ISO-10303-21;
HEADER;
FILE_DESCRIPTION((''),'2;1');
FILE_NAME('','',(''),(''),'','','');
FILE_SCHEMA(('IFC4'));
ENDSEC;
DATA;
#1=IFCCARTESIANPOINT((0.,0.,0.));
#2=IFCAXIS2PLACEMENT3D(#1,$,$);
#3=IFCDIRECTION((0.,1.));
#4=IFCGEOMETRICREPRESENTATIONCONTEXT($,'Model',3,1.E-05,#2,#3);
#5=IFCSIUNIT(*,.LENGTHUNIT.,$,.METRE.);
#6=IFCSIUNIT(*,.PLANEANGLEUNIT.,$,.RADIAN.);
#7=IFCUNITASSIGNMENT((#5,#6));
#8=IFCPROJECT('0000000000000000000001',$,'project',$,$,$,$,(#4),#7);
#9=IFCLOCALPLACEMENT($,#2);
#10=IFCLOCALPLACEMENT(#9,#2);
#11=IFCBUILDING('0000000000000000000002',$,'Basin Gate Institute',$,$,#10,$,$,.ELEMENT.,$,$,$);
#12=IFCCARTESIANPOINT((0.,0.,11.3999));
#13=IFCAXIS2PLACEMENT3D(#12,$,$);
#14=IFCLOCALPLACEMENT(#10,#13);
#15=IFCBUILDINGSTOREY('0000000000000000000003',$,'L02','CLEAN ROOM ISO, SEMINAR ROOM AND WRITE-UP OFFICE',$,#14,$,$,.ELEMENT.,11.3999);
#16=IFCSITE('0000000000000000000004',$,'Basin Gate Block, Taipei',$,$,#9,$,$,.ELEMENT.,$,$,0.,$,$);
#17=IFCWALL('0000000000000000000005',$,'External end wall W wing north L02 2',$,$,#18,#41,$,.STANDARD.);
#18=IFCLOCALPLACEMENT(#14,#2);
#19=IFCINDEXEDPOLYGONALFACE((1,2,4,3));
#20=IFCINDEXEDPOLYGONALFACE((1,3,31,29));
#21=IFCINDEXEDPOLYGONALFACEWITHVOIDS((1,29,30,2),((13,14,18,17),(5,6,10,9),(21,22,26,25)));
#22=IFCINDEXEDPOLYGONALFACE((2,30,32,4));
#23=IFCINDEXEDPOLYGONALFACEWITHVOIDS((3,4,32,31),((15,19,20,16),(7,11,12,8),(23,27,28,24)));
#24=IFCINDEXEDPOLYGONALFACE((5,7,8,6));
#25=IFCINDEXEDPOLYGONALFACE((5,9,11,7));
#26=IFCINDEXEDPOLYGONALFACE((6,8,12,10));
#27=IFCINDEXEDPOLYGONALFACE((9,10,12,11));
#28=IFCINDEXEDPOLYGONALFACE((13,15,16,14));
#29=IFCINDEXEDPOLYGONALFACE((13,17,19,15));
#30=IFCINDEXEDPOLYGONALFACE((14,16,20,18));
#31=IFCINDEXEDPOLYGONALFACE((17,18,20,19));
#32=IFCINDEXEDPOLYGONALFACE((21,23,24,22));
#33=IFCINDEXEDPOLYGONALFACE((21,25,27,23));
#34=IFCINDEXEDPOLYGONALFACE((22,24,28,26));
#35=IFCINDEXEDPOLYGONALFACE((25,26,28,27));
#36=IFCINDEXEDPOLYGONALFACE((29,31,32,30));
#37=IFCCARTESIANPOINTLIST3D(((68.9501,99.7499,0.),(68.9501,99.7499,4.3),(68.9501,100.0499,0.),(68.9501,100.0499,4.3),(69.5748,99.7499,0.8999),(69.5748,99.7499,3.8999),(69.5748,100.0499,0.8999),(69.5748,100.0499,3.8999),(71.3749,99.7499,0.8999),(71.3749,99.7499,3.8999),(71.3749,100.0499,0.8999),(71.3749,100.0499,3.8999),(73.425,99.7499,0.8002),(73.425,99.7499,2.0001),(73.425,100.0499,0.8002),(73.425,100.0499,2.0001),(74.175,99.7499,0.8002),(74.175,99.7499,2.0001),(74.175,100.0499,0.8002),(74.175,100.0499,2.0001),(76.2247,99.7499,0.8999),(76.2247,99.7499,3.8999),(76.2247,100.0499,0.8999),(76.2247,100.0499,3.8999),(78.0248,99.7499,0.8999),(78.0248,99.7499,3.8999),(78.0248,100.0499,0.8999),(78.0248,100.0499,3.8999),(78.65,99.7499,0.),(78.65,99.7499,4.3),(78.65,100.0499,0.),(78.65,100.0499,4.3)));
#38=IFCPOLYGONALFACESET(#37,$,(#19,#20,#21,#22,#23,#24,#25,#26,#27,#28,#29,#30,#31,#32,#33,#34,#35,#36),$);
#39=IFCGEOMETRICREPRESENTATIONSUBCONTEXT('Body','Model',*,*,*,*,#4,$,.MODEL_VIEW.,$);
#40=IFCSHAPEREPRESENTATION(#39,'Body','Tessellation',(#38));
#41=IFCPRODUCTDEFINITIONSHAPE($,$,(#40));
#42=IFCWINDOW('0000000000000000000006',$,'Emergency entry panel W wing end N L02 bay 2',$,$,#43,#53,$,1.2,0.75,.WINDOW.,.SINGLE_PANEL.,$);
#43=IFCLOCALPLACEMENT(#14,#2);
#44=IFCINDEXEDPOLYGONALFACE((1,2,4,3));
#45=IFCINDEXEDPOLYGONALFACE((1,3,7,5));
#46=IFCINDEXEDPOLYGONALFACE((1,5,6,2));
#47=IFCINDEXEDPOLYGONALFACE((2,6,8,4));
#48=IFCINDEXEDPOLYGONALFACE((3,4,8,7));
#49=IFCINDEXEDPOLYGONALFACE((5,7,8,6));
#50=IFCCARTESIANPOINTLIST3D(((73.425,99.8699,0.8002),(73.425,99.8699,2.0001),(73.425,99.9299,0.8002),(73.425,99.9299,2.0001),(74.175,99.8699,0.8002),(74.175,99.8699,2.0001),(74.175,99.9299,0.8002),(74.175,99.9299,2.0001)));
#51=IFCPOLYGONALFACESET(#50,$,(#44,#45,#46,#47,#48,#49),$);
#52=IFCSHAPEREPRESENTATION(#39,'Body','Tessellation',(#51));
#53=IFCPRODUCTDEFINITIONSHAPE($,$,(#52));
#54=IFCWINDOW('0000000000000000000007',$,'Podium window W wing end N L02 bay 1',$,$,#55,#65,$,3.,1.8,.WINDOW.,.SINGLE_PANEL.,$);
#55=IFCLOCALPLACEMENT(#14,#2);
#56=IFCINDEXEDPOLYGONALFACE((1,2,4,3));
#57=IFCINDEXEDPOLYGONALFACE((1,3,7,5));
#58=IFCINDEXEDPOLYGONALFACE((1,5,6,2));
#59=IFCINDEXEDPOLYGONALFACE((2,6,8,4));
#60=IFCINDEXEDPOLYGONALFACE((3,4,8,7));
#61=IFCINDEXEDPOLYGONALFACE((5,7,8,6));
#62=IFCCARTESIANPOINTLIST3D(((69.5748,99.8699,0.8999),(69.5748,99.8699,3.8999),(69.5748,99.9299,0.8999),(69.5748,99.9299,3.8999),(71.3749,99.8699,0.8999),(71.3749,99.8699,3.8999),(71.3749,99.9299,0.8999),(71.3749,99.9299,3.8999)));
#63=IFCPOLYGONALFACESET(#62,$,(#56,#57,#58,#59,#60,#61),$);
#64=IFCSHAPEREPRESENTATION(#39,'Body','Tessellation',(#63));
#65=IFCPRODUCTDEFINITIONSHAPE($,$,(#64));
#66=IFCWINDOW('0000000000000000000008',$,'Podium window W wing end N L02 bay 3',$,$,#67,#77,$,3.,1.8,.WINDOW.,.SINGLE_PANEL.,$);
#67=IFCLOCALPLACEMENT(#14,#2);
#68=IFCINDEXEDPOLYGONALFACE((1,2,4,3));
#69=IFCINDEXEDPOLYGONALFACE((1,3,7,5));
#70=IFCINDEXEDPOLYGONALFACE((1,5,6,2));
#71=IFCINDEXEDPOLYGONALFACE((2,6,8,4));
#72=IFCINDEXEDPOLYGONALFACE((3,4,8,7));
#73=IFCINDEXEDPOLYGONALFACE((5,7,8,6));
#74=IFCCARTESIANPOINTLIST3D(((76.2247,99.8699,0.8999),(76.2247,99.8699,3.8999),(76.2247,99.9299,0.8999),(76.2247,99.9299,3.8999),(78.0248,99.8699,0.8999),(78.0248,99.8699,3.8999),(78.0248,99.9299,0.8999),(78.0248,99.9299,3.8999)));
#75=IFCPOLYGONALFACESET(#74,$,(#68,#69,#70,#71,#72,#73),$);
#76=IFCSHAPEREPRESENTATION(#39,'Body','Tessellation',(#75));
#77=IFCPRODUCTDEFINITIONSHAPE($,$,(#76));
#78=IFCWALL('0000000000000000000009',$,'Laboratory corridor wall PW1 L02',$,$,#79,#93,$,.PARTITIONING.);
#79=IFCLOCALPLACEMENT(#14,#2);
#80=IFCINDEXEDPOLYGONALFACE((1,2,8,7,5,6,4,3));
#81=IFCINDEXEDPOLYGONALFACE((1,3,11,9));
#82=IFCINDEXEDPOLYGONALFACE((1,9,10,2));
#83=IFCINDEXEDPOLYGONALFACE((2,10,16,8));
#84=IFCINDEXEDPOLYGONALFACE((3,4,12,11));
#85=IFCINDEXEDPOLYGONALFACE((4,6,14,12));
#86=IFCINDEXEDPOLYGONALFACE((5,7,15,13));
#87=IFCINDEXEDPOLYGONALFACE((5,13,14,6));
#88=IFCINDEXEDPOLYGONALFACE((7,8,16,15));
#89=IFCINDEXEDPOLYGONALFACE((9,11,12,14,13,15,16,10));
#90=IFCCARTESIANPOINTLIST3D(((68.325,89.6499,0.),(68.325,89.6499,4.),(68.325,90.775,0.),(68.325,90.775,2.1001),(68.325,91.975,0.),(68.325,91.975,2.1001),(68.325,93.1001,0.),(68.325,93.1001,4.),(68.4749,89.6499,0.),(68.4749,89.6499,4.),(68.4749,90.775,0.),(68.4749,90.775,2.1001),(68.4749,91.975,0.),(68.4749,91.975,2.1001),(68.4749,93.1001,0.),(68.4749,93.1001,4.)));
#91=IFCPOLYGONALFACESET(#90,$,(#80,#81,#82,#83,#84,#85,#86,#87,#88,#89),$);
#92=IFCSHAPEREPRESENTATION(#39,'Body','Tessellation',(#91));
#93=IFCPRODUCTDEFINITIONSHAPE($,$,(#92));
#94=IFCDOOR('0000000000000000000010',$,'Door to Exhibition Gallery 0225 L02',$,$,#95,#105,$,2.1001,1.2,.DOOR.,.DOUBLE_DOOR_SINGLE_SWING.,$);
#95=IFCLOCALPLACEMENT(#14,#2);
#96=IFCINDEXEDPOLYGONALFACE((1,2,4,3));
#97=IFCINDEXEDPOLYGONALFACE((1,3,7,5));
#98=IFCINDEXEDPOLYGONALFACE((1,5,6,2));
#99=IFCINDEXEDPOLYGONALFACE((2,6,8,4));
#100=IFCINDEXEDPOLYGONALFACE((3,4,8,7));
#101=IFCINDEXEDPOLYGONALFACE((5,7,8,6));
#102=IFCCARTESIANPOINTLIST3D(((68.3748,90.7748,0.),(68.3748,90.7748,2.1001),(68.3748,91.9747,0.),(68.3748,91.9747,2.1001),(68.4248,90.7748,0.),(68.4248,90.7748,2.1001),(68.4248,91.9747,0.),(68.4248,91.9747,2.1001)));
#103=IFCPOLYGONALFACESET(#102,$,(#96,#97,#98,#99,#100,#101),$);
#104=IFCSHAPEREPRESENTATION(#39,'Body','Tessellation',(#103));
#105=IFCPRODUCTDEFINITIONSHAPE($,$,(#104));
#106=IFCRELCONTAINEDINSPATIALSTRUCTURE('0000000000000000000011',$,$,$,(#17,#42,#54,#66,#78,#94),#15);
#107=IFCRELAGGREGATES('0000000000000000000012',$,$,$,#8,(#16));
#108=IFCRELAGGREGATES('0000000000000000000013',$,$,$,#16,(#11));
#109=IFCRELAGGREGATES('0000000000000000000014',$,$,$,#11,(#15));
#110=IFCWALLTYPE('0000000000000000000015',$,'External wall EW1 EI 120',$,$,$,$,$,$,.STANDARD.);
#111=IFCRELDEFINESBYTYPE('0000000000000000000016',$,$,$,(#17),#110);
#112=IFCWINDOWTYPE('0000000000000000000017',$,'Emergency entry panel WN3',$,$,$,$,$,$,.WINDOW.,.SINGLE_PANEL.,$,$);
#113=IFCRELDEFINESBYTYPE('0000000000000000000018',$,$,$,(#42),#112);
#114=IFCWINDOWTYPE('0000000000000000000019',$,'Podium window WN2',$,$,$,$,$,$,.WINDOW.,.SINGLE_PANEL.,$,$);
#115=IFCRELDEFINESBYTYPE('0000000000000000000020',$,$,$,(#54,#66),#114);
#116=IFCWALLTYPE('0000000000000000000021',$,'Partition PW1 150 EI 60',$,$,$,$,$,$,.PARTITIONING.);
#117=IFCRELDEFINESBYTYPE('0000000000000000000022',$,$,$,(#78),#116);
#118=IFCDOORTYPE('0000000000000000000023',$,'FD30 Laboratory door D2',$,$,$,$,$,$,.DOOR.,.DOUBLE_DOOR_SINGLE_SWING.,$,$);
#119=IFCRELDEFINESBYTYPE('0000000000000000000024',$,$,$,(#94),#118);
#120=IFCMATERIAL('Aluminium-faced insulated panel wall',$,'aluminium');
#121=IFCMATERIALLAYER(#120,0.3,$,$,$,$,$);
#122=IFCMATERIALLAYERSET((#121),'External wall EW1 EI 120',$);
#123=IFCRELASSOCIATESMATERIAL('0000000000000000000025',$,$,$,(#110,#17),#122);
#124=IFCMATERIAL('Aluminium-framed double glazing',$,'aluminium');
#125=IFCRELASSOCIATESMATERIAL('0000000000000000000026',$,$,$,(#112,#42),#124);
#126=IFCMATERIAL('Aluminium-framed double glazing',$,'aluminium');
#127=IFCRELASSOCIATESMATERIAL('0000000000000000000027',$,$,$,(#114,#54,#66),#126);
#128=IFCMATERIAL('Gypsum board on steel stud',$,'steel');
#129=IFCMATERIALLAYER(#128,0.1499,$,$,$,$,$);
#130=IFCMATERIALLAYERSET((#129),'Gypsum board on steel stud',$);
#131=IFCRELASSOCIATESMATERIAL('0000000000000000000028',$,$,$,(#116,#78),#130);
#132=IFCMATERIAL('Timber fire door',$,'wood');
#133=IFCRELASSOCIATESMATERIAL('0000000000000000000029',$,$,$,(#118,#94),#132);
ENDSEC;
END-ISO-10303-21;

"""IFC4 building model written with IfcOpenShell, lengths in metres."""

from ifc_helpers import new_model, si_unit, direction, frame, frame_2d, origin, place, context, subcontext, project, spatial, rectangle, extrude, material, layer, layer_set, type_object, element, fill, save


model = new_model("IFC4")

# Units and contexts
model_context = context("Model", 3, precision=1e-05, world=origin(), true_north=direction((0.0, 1.0)))
body_context = subcontext(model_context, "Body", "Model", "MODEL_VIEW")
ifc_project = project(units=[si_unit("LENGTHUNIT", "METRE"), si_unit("PLANEANGLEUNIT", "RADIAN")], contexts=[model_context])

# Site, building, storey
site_placement = place(None, origin())
site = spatial("IfcSite", under=ifc_project, at=site_placement, Name="Basin Gate Block, Taipei", CompositionType="ELEMENT", RefElevation=0.0)
building_placement = place(site_placement, origin())
building = spatial("IfcBuilding", under=site, at=building_placement, Name="Basin Gate Institute", CompositionType="ELEMENT")
storey_placement = place(building_placement, frame((0.0, 0.0, 11.3999)))
storey = spatial("IfcBuildingStorey", under=building, at=storey_placement, Name="L02", Description="CLEAN ROOM ISO, SEMINAR ROOM AND WRITE-UP OFFICE", CompositionType="ELEMENT", Elevation=11.3999)

# Shared definitions
ifc_material_1 = material(Name="Aluminium-faced insulated panel wall", Category="aluminium")
ifc_layer_1 = layer(ifc_material_1, 0.3)
ifc_layer_set_1 = layer_set([ifc_layer_1], Name="External wall EW1 EI 120")
wall_type_1 = type_object("IfcWallType", Name="External wall EW1 EI 120", PredefinedType="STANDARD", material=ifc_layer_set_1)

# Wall, openings, windows
wall_1_placement = place(storey_placement, frame((68.95, 99.8999, 0.0), z_axis=(0.0, 0.0, 1.0), x_axis=(1.0, 0.0, 0.0)))
wall_1 = element("IfcWall", 1, at=wall_1_placement, inside=storey, type_object=wall_type_1, material=ifc_layer_set_1, Name="External end wall W wing north L02 2", PredefinedType="STANDARD", context=body_context, shape_type="SweptSolid", body=[
    extrude(rectangle(XDim=9.7, YDim=0.3, at=frame_2d((4.8501, 0.0))), origin(), (0.0, 0.0, 1.0), 4.3),
])
opening_1_placement = place(wall_1_placement, frame((0.625, 0.0, 0.8999)))
opening_1 = element("IfcOpeningElement", 2, at=opening_1_placement, cuts=wall_1, PredefinedType="OPENING", context=body_context, shape_type="SweptSolid", body=[
    extrude(rectangle(XDim=1.8, YDim=3.0, at=frame_2d((0.8999, 1.5))), frame((0.0, 0.1602, 0.0), z_axis=(0.0, -1.0, 0.0), x_axis=(1.0, 0.0, 0.0)), (0.0, 0.0, 1.0), 0.3201),
])
opening_2_placement = place(wall_1_placement, frame((4.4751, 0.0, 0.8)))
opening_2 = element("IfcOpeningElement", 3, at=opening_2_placement, cuts=wall_1, PredefinedType="OPENING", context=body_context, shape_type="SweptSolid", body=[
    extrude(rectangle(XDim=0.75, YDim=1.2, at=frame_2d((0.375, 0.6001))), frame((0.0, 0.1602, 0.0), z_axis=(0.0, -1.0, 0.0), x_axis=(1.0, 0.0, 0.0)), (0.0, 0.0, 1.0), 0.3201),
])
opening_3_placement = place(wall_1_placement, frame((7.2749, 0.0, 0.8999)))
opening_3 = element("IfcOpeningElement", 4, at=opening_3_placement, cuts=wall_1, PredefinedType="OPENING", context=body_context, shape_type="SweptSolid", body=[
    extrude(rectangle(XDim=1.8, YDim=3.0, at=frame_2d((0.8999, 1.5))), frame((0.0, 0.1602, 0.0), z_axis=(0.0, -1.0, 0.0), x_axis=(1.0, 0.0, 0.0)), (0.0, 0.0, 1.0), 0.3201),
])
ifc_material_2 = material(Name="Aluminium-framed double glazing", Category="aluminium")
window_type_1 = type_object("IfcWindowType", Name="Emergency entry panel WN3", PartitioningType="SINGLE_PANEL", PredefinedType="WINDOW", material=ifc_material_2)
window_1_placement = place(opening_2_placement, origin())
window_1 = element("IfcWindow", 5, at=window_1_placement, inside=storey, type_object=window_type_1, material=ifc_material_2, Name="Emergency entry panel W wing end N L02 bay 2", OverallHeight=1.2, OverallWidth=0.75, PartitioningType="SINGLE_PANEL", PredefinedType="WINDOW", context=body_context, shape_type="SweptSolid", body=[
    extrude(rectangle(XDim=0.75, YDim=1.2, at=frame_2d((0.375, 0.6001))), frame((0.0, 0.03, 0.0), z_axis=(0.0, -1.0, 0.0), x_axis=(1.0, 0.0, 0.0)), (0.0, 0.0, 1.0), 0.0601),
])
fill(opening_2, window_1)
ifc_material_3 = material(Name="Aluminium-framed double glazing", Category="aluminium")
window_type_2 = type_object("IfcWindowType", Name="Podium window WN2", PartitioningType="SINGLE_PANEL", PredefinedType="WINDOW", material=ifc_material_3)
window_2_placement = place(opening_1_placement, origin())
window_2 = element("IfcWindow", 6, at=window_2_placement, inside=storey, type_object=window_type_2, material=ifc_material_3, Name="Podium window W wing end N L02 bay 1", OverallHeight=3.0, OverallWidth=1.8, PartitioningType="SINGLE_PANEL", PredefinedType="WINDOW", context=body_context, shape_type="SweptSolid", body=[
    extrude(rectangle(XDim=1.8, YDim=3.0, at=frame_2d((0.8999, 1.5))), frame((0.0, 0.03, 0.0), z_axis=(0.0, -1.0, 0.0), x_axis=(1.0, 0.0, 0.0)), (0.0, 0.0, 1.0), 0.0601),
])
fill(opening_1, window_2)
window_3_placement = place(opening_3_placement, origin())
window_3 = element("IfcWindow", 7, at=window_3_placement, inside=storey, type_object=window_type_2, material=ifc_material_3, Name="Podium window W wing end N L02 bay 3", OverallHeight=3.0, OverallWidth=1.8, PartitioningType="SINGLE_PANEL", PredefinedType="WINDOW", context=body_context, shape_type="SweptSolid", body=[
    extrude(rectangle(XDim=1.8, YDim=3.0, at=frame_2d((0.8999, 1.5))), frame((0.0, 0.03, 0.0), z_axis=(0.0, -1.0, 0.0), x_axis=(1.0, 0.0, 0.0)), (0.0, 0.0, 1.0), 0.0601),
])
fill(opening_3, window_3)

# Wall, opening, door
ifc_material_4 = material(Name="Gypsum board on steel stud", Category="steel")
ifc_layer_2 = layer(ifc_material_4, 0.1499)
ifc_layer_set_2 = layer_set([ifc_layer_2], Name="Gypsum board on steel stud")
wall_type_2 = type_object("IfcWallType", Name="Partition PW1 150 EI 60", PredefinedType="PARTITIONING", material=ifc_layer_set_2)
wall_2_placement = place(storey_placement, frame((68.3999, 89.6499, 0.0), z_axis=(0.0, 0.0, 1.0), x_axis=(0.0, 1.0, 0.0)))
wall_2 = element("IfcWall", 8, at=wall_2_placement, inside=storey, type_object=wall_type_2, material=ifc_layer_set_2, Name="Laboratory corridor wall PW1 L02", PredefinedType="PARTITIONING", context=body_context, shape_type="SweptSolid", body=[
    extrude(rectangle(XDim=3.4502, YDim=0.1499, at=frame_2d((1.7251, 0.0))), origin(), (0.0, 0.0, 1.0), 4.0),
])
opening_4_placement = place(wall_2_placement, frame((1.125, 0.0, 0.0)))
opening_4 = element("IfcOpeningElement", 9, at=opening_4_placement, cuts=wall_2, PredefinedType="OPENING", context=body_context, shape_type="SweptSolid", body=[
    extrude(rectangle(XDim=1.2, YDim=2.1001, at=frame_2d((0.6001, 1.05))), frame((0.0, 0.085, 0.0), z_axis=(0.0, -1.0, 0.0), x_axis=(1.0, 0.0, 0.0)), (0.0, 0.0, 1.0), 0.1699),
])
ifc_material_5 = material(Name="Timber fire door", Category="wood")
door_type_1 = type_object("IfcDoorType", Name="FD30 Laboratory door D2", OperationType="DOUBLE_DOOR_SINGLE_SWING", PredefinedType="DOOR", material=ifc_material_5)
door_1_placement = place(opening_4_placement, frame((1.2, 0.0, 0.0), z_axis=(0.0, 0.0, 1.0), x_axis=(-1.0, 0.0, 0.0)))
door_1 = element("IfcDoor", 10, at=door_1_placement, inside=storey, type_object=door_type_1, material=ifc_material_5, Name="Door to Exhibition Gallery 0225 L02", OperationType="DOUBLE_DOOR_SINGLE_SWING", OverallHeight=2.1001, OverallWidth=1.2, PredefinedType="DOOR", context=body_context, shape_type="SweptSolid", body=[
    extrude(rectangle(XDim=1.2, YDim=2.1001, at=frame_2d((0.6001, 1.05))), frame((0.0, 0.0249, 0.0), z_axis=(0.0, -1.0, 0.0), x_axis=(1.0, 0.0, 0.0)), (0.0, 0.0, 1.0), 0.05),
])
fill(opening_4, door_1)

save(model, "model.ifc")
